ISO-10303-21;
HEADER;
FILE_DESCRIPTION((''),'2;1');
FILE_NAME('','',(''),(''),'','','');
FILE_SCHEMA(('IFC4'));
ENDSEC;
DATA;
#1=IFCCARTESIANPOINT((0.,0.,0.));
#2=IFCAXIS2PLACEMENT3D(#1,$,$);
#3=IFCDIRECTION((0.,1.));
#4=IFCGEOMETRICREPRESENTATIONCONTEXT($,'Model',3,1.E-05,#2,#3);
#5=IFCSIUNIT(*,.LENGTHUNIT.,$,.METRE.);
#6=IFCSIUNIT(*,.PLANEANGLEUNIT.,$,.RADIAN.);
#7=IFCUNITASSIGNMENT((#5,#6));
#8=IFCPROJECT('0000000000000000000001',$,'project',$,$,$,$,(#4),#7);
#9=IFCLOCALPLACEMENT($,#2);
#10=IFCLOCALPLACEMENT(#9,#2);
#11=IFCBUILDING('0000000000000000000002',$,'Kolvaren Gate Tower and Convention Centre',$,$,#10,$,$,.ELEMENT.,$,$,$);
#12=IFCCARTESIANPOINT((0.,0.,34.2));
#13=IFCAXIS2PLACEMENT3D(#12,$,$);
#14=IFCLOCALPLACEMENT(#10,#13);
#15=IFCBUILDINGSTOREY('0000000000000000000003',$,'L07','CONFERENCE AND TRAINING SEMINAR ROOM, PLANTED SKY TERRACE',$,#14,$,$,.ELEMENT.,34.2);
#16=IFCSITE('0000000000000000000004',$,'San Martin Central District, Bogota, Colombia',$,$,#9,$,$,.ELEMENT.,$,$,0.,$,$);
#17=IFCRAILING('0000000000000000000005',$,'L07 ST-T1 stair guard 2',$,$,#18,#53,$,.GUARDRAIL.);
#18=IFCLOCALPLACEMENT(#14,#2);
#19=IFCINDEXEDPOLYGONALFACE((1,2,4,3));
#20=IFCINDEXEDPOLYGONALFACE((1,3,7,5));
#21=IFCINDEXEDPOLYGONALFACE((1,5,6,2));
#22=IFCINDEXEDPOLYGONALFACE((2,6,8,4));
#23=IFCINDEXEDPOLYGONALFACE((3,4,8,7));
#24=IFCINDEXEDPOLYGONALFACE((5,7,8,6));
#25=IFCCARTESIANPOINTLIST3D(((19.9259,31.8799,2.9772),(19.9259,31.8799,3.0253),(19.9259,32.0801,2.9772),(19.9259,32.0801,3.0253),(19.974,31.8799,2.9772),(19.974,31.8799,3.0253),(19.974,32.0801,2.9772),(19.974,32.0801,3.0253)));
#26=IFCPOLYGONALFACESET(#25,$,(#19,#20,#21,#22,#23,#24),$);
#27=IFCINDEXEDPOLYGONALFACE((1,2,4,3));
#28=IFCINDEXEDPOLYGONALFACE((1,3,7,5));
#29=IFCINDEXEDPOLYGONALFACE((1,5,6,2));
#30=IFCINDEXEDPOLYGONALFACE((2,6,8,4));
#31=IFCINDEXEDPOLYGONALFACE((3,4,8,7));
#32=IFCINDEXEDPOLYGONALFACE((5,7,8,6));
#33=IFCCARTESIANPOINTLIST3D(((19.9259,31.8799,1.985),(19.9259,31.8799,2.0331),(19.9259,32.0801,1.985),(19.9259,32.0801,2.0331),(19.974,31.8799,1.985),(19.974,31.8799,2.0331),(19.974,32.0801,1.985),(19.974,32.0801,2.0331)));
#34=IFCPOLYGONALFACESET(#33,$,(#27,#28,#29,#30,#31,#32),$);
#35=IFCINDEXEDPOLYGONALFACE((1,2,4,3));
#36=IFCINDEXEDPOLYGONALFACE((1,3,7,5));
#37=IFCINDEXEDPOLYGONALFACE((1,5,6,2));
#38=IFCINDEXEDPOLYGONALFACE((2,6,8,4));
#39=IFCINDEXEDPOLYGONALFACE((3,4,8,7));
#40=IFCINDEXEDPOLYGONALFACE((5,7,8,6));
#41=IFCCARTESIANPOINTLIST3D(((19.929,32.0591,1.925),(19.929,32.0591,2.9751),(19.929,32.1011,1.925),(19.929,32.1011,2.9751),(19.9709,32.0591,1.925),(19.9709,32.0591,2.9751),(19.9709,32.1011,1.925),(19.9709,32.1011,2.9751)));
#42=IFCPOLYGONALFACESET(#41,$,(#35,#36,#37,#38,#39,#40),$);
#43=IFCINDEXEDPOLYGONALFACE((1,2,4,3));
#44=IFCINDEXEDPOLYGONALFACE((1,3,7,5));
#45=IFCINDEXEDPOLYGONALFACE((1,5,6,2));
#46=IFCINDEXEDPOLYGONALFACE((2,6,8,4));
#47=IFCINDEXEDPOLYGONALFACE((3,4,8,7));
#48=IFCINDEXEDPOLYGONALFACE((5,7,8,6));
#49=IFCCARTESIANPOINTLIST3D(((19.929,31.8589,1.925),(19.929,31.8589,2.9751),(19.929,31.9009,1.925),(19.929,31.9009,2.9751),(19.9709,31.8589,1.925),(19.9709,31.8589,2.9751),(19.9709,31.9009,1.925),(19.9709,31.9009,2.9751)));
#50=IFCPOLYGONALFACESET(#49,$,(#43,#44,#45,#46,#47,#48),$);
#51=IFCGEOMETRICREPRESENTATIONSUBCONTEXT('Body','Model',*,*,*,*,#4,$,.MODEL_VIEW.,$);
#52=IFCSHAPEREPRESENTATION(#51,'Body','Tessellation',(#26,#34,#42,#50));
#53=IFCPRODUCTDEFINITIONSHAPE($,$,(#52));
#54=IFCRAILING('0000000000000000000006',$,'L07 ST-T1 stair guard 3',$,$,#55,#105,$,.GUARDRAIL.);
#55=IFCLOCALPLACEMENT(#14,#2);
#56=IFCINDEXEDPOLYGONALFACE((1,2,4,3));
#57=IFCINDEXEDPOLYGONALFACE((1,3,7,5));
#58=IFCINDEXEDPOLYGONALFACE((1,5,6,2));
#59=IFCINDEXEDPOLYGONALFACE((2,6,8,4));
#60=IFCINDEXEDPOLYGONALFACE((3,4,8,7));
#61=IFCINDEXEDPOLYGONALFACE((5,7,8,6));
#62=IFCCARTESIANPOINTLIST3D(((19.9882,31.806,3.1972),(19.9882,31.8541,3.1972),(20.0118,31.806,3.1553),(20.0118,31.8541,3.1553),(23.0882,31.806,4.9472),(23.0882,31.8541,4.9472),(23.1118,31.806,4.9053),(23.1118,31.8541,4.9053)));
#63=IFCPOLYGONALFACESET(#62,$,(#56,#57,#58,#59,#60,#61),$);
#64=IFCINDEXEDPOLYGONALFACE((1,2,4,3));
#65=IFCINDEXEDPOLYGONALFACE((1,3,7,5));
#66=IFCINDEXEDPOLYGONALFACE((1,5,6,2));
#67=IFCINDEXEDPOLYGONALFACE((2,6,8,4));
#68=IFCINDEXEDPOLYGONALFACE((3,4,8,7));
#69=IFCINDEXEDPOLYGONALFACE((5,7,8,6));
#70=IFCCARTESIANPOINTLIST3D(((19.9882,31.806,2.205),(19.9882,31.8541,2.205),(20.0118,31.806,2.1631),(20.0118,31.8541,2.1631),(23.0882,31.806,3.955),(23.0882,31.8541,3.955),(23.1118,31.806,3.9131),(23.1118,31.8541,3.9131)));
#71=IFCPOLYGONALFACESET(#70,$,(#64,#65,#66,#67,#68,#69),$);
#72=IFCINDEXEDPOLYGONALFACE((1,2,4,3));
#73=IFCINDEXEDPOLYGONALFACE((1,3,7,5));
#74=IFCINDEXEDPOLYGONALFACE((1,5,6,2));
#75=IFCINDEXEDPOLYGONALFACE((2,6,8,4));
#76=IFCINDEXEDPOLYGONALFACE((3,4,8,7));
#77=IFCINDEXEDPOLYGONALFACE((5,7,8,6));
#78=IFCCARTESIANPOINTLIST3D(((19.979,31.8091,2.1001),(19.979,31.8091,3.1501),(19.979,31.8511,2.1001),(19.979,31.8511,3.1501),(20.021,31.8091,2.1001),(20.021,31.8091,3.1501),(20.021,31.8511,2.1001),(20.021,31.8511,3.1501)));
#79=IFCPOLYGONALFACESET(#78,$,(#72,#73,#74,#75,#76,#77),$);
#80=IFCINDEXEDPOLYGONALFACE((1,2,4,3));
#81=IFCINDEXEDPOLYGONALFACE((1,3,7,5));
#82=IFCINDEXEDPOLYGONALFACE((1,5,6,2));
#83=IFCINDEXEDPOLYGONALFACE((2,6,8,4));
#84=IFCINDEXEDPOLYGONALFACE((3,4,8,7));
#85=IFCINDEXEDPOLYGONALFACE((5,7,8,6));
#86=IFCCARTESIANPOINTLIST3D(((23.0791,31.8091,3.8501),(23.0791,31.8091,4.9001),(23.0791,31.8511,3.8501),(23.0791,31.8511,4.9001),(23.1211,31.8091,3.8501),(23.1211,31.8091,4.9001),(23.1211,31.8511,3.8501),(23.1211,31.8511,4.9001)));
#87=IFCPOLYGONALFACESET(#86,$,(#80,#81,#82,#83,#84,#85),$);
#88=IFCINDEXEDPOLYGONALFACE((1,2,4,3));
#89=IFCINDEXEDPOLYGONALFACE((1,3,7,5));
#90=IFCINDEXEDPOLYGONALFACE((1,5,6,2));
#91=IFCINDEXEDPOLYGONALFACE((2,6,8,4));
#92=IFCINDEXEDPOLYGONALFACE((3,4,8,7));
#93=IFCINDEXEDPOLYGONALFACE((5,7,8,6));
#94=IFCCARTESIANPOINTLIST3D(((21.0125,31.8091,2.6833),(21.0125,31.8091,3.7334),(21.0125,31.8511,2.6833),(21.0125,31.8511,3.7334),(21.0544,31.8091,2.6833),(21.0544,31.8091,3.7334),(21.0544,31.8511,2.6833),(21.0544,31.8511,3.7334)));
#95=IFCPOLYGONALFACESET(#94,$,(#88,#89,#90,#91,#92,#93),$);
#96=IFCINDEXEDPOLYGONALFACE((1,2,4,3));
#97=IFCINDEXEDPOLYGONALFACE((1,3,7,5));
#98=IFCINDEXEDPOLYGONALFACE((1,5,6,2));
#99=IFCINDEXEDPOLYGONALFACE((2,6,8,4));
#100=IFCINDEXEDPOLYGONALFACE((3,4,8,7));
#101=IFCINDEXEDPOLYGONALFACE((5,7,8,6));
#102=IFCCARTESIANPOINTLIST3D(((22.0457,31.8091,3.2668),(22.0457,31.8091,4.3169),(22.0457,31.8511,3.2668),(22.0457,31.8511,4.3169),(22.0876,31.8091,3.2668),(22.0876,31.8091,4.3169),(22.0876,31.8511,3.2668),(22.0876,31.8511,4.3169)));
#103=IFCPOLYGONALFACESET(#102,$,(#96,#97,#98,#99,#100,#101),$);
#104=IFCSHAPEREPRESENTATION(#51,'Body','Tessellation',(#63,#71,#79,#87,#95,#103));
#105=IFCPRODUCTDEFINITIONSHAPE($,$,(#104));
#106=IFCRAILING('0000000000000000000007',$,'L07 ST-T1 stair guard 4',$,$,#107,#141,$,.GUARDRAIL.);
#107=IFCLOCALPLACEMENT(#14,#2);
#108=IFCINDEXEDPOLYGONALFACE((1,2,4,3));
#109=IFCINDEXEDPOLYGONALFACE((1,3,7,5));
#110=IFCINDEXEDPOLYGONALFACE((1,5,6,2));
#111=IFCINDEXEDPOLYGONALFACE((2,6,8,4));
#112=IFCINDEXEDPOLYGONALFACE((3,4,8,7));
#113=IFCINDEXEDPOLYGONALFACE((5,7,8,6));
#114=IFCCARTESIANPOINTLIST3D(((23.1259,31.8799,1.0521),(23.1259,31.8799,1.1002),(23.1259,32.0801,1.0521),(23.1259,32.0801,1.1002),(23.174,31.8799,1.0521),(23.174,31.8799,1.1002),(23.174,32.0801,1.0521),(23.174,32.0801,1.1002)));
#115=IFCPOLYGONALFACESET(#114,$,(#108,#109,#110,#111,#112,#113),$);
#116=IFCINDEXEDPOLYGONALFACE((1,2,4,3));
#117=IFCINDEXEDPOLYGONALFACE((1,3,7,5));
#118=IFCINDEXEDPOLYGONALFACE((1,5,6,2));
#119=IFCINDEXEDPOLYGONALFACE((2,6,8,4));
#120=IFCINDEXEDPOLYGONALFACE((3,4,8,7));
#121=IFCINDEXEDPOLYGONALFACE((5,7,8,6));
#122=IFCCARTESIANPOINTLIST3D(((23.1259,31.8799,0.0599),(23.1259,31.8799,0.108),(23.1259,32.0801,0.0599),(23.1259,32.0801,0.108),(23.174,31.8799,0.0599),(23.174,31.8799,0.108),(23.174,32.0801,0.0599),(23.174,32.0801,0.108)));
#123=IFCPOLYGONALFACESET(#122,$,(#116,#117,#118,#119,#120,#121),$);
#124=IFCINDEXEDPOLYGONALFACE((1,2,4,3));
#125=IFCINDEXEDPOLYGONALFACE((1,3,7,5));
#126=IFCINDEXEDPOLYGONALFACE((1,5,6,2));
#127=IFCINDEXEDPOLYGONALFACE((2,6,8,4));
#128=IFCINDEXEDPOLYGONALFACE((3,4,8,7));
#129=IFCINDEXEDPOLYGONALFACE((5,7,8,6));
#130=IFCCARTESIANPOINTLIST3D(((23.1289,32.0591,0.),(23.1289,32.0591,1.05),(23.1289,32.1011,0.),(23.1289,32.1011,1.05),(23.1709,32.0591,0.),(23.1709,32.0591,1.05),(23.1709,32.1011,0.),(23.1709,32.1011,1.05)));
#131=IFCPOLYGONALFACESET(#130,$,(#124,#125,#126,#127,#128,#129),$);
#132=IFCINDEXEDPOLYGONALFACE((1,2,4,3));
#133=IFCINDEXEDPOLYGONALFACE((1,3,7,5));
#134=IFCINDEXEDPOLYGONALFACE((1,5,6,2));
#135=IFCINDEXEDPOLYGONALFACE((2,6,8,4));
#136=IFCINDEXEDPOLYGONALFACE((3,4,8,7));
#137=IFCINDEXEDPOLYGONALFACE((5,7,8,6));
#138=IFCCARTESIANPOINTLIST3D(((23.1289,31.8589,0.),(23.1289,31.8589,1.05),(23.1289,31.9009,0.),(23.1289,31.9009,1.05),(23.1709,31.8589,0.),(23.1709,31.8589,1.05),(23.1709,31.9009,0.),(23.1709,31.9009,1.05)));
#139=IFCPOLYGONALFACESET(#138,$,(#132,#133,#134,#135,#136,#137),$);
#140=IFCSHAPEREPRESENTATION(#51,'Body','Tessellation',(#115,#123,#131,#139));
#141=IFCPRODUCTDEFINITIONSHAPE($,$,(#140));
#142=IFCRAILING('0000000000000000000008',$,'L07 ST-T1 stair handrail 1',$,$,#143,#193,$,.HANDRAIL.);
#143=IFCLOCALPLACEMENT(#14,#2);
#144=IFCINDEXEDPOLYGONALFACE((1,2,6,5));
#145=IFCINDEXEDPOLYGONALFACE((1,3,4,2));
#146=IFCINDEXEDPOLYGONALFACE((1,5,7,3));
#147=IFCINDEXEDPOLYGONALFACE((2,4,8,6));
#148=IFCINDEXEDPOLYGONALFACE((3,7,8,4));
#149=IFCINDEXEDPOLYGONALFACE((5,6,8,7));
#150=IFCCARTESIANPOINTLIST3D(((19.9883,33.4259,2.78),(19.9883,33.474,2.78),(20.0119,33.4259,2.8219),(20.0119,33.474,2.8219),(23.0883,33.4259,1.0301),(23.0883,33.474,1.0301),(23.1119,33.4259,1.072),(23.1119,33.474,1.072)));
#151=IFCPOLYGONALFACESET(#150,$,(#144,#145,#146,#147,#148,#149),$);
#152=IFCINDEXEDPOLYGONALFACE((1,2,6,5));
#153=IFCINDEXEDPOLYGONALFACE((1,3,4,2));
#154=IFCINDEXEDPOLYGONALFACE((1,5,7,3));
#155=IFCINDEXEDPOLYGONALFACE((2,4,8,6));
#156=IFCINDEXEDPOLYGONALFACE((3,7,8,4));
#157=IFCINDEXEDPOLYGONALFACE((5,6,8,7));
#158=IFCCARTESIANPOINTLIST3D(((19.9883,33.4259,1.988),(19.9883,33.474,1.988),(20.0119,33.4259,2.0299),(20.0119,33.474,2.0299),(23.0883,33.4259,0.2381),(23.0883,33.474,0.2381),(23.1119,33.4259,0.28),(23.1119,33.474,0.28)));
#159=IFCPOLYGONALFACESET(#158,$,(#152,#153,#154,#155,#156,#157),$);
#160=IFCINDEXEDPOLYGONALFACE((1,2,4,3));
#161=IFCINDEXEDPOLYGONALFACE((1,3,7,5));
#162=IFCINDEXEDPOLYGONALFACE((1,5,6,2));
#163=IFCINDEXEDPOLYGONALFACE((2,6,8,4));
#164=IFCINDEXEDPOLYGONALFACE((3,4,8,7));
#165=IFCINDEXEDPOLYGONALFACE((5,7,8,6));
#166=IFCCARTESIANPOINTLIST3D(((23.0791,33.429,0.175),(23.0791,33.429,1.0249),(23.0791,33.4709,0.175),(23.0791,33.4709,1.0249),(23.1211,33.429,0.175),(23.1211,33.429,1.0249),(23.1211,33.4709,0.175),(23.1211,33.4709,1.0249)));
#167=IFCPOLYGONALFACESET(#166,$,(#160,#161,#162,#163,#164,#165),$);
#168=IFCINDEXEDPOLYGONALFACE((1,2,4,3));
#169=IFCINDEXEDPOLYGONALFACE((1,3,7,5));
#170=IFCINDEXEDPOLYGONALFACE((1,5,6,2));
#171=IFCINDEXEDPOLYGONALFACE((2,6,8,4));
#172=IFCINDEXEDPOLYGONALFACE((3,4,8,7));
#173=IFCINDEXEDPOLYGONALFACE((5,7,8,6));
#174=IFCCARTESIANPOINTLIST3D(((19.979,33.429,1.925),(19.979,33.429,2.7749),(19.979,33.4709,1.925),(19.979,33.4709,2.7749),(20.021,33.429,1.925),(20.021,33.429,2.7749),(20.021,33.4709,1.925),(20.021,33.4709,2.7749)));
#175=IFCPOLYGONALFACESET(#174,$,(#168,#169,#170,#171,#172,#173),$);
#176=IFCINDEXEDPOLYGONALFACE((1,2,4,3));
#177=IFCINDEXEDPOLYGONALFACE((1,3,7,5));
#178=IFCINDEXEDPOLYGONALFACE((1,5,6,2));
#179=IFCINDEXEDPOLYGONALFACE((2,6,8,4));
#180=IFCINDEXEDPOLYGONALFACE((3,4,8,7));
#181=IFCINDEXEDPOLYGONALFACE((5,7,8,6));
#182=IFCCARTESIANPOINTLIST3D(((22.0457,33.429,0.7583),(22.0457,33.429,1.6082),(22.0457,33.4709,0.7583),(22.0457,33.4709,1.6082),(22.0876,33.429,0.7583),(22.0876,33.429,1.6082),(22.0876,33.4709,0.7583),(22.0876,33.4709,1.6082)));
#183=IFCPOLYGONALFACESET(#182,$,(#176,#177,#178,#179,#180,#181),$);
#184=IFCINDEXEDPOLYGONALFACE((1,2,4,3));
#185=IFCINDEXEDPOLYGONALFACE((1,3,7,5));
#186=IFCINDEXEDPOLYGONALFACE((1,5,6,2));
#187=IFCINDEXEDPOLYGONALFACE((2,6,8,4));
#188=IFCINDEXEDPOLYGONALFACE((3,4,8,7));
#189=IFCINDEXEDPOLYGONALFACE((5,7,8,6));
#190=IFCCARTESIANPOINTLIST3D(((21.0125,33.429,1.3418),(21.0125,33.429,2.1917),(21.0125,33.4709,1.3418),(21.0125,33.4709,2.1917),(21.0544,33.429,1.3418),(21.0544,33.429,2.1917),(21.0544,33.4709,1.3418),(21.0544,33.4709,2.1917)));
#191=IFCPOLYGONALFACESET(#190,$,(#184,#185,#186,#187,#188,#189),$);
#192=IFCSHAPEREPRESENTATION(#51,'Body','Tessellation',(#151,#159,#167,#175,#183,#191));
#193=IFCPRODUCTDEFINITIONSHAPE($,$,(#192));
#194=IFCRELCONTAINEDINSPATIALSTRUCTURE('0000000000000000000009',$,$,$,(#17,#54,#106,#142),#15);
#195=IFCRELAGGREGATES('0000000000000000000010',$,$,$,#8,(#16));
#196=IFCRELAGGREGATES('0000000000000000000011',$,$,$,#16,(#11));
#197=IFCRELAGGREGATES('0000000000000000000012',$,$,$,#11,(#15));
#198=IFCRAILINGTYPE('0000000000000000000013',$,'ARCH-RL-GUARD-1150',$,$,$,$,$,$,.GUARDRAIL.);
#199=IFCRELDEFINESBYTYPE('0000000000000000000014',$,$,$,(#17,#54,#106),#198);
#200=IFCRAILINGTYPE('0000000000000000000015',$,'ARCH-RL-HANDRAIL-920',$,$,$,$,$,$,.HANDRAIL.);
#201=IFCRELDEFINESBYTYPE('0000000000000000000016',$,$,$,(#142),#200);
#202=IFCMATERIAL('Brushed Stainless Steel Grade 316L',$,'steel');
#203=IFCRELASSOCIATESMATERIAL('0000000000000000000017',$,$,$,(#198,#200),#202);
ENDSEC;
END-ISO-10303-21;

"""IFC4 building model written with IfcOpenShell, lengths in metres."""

from ifc_helpers import new_model, si_unit, direction, frame, origin, origin_2d, place, context, subcontext, project, spatial, rectangle, extrude, material, type_object, element, save


model = new_model("IFC4")

# Units and contexts
model_context = context("Model", 3, precision=1e-05, world=origin(), true_north=direction((0.0, 1.0)))
body_context = subcontext(model_context, "Body", "Model", "MODEL_VIEW")
ifc_project = project(units=[si_unit("LENGTHUNIT", "METRE"), si_unit("PLANEANGLEUNIT", "RADIAN")], contexts=[model_context])

# Site, building, storey
site_placement = place(None, origin())
site = spatial("IfcSite", under=ifc_project, at=site_placement, Name="San Martin Central District, Bogota, Colombia", CompositionType="ELEMENT", RefElevation=0.0)
building_placement = place(site_placement, origin())
building = spatial("IfcBuilding", under=site, at=building_placement, Name="Kolvaren Gate Tower and Convention Centre", CompositionType="ELEMENT")
storey_placement = place(building_placement, frame((0.0, 0.0, 34.2)))
storey = spatial("IfcBuildingStorey", under=building, at=storey_placement, Name="L07", Description="CONFERENCE AND TRAINING SEMINAR ROOM, PLANTED SKY TERRACE", CompositionType="ELEMENT", Elevation=34.2)

# Shared definitions
ifc_material_1 = material(Name="Brushed Stainless Steel Grade 316L", Category="steel")

# Railings
railing_type_1 = type_object("IfcRailingType", Name="ARCH-RL-GUARD-1150", PredefinedType="GUARDRAIL", material=ifc_material_1)
railing_1_placement = place(storey_placement, frame((19.95, 32.0801, 1.925)))
element("IfcRailing", 1, at=railing_1_placement, inside=storey, type_object=railing_type_1, Name="L07 ST-T1 stair guard 2", PredefinedType="GUARDRAIL", context=body_context, shape_type="SweptSolid", body=[
    extrude(rectangle(XDim=0.0481, YDim=0.0481, at=origin_2d()), frame((0.0, 0.0, 1.0762), z_axis=(0.0, -1.0, 0.0), x_axis=(1.0, 0.0, 0.0)), (0.0, 0.0, 1.0), 0.2002),
    extrude(rectangle(XDim=0.0481, YDim=0.0481, at=origin_2d()), frame((0.0, 0.0, 0.084), z_axis=(0.0, -1.0, 0.0), x_axis=(1.0, 0.0, 0.0)), (0.0, 0.0, 1.0), 0.2002),
    extrude(rectangle(XDim=0.042, YDim=0.042, at=origin_2d()), origin(), (0.0, 0.0, 1.0), 1.05),
    extrude(rectangle(XDim=0.042, YDim=0.042, at=origin_2d()), frame((0.0, -0.2002, 0.0)), (0.0, 0.0, 1.0), 1.05),
])
railing_2_placement = place(storey_placement, frame((20.0, 31.8301, 2.1001)))
element("IfcRailing", 2, at=railing_2_placement, inside=storey, type_object=railing_type_1, Name="L07 ST-T1 stair guard 3", PredefinedType="GUARDRAIL", context=body_context, shape_type="SweptSolid", body=[
    extrude(rectangle(XDim=0.0481, YDim=0.0481, at=origin_2d()), frame((0.0, 0.0, 1.0762), z_axis=(0.870831, 0.0, 0.491583), x_axis=(0.0, 1.0, 0.0)), (0.0, 0.0, 1.0), 3.5598),
    extrude(rectangle(XDim=0.0481, YDim=0.0481, at=origin_2d()), frame((0.0, 0.0, 0.084), z_axis=(0.870831, 0.0, 0.491583), x_axis=(0.0, 1.0, 0.0)), (0.0, 0.0, 1.0), 3.5598),
    extrude(rectangle(XDim=0.042, YDim=0.042, at=origin_2d()), origin(), (0.0, 0.0, 1.0), 1.05),
    extrude(rectangle(XDim=0.042, YDim=0.042, at=origin_2d()), frame((3.1001, 0.0, 1.75)), (0.0, 0.0, 1.0), 1.05),
    extrude(rectangle(XDim=0.042, YDim=0.042, at=origin_2d()), frame((1.0334, 0.0, 0.5833)), (0.0, 0.0, 1.0), 1.05),
    extrude(rectangle(XDim=0.042, YDim=0.042, at=origin_2d()), frame((2.0667, 0.0, 1.1667)), (0.0, 0.0, 1.0), 1.05),
])
railing_3_placement = place(storey_placement, frame((23.1499, 32.0801, 0.0)))
element("IfcRailing", 3, at=railing_3_placement, inside=storey, type_object=railing_type_1, Name="L07 ST-T1 stair guard 4", PredefinedType="GUARDRAIL", context=body_context, shape_type="SweptSolid", body=[
    extrude(rectangle(XDim=0.0481, YDim=0.0481, at=origin_2d()), frame((0.0, 0.0, 1.0762), z_axis=(0.0, -1.0, 0.0), x_axis=(1.0, 0.0, 0.0)), (0.0, 0.0, 1.0), 0.2002),
    extrude(rectangle(XDim=0.0481, YDim=0.0481, at=origin_2d()), frame((0.0, 0.0, 0.084), z_axis=(0.0, -1.0, 0.0), x_axis=(1.0, 0.0, 0.0)), (0.0, 0.0, 1.0), 0.2002),
    extrude(rectangle(XDim=0.042, YDim=0.042, at=origin_2d()), origin(), (0.0, 0.0, 1.0), 1.05),
    extrude(rectangle(XDim=0.042, YDim=0.042, at=origin_2d()), frame((0.0, -0.2002, 0.0)), (0.0, 0.0, 1.0), 1.05),
])
railing_type_2 = type_object("IfcRailingType", Name="ARCH-RL-HANDRAIL-920", PredefinedType="HANDRAIL", material=ifc_material_1)
railing_4_placement = place(storey_placement, frame((23.1001, 33.45, 0.175)))
element("IfcRailing", 4, at=railing_4_placement, inside=storey, type_object=railing_type_2, Name="L07 ST-T1 stair handrail 1", PredefinedType="HANDRAIL", context=body_context, shape_type="SweptSolid", body=[
    extrude(rectangle(XDim=0.0481, YDim=0.0481, at=origin_2d()), frame((0.0, 0.0, 0.876), z_axis=(-0.870831, 0.0, 0.491583), x_axis=(0.0, -1.0, 0.0)), (0.0, 0.0, 1.0), 3.5598),
    extrude(rectangle(XDim=0.0481, YDim=0.0481, at=origin_2d()), frame((0.0, 0.0, 0.084), z_axis=(-0.870831, 0.0, 0.491583), x_axis=(0.0, -1.0, 0.0)), (0.0, 0.0, 1.0), 3.5598),
    extrude(rectangle(XDim=0.042, YDim=0.042, at=origin_2d()), origin(), (0.0, 0.0, 1.0), 0.8499),
    extrude(rectangle(XDim=0.042, YDim=0.042, at=origin_2d()), frame((-3.1001, 0.0, 1.75)), (0.0, 0.0, 1.0), 0.8499),
    extrude(rectangle(XDim=0.042, YDim=0.042, at=origin_2d()), frame((-1.0334, 0.0, 0.5833)), (0.0, 0.0, 1.0), 0.8499),
    extrude(rectangle(XDim=0.042, YDim=0.042, at=origin_2d()), frame((-2.0667, 0.0, 1.1667)), (0.0, 0.0, 1.0), 0.8499),
])

save(model, "model.ifc")
